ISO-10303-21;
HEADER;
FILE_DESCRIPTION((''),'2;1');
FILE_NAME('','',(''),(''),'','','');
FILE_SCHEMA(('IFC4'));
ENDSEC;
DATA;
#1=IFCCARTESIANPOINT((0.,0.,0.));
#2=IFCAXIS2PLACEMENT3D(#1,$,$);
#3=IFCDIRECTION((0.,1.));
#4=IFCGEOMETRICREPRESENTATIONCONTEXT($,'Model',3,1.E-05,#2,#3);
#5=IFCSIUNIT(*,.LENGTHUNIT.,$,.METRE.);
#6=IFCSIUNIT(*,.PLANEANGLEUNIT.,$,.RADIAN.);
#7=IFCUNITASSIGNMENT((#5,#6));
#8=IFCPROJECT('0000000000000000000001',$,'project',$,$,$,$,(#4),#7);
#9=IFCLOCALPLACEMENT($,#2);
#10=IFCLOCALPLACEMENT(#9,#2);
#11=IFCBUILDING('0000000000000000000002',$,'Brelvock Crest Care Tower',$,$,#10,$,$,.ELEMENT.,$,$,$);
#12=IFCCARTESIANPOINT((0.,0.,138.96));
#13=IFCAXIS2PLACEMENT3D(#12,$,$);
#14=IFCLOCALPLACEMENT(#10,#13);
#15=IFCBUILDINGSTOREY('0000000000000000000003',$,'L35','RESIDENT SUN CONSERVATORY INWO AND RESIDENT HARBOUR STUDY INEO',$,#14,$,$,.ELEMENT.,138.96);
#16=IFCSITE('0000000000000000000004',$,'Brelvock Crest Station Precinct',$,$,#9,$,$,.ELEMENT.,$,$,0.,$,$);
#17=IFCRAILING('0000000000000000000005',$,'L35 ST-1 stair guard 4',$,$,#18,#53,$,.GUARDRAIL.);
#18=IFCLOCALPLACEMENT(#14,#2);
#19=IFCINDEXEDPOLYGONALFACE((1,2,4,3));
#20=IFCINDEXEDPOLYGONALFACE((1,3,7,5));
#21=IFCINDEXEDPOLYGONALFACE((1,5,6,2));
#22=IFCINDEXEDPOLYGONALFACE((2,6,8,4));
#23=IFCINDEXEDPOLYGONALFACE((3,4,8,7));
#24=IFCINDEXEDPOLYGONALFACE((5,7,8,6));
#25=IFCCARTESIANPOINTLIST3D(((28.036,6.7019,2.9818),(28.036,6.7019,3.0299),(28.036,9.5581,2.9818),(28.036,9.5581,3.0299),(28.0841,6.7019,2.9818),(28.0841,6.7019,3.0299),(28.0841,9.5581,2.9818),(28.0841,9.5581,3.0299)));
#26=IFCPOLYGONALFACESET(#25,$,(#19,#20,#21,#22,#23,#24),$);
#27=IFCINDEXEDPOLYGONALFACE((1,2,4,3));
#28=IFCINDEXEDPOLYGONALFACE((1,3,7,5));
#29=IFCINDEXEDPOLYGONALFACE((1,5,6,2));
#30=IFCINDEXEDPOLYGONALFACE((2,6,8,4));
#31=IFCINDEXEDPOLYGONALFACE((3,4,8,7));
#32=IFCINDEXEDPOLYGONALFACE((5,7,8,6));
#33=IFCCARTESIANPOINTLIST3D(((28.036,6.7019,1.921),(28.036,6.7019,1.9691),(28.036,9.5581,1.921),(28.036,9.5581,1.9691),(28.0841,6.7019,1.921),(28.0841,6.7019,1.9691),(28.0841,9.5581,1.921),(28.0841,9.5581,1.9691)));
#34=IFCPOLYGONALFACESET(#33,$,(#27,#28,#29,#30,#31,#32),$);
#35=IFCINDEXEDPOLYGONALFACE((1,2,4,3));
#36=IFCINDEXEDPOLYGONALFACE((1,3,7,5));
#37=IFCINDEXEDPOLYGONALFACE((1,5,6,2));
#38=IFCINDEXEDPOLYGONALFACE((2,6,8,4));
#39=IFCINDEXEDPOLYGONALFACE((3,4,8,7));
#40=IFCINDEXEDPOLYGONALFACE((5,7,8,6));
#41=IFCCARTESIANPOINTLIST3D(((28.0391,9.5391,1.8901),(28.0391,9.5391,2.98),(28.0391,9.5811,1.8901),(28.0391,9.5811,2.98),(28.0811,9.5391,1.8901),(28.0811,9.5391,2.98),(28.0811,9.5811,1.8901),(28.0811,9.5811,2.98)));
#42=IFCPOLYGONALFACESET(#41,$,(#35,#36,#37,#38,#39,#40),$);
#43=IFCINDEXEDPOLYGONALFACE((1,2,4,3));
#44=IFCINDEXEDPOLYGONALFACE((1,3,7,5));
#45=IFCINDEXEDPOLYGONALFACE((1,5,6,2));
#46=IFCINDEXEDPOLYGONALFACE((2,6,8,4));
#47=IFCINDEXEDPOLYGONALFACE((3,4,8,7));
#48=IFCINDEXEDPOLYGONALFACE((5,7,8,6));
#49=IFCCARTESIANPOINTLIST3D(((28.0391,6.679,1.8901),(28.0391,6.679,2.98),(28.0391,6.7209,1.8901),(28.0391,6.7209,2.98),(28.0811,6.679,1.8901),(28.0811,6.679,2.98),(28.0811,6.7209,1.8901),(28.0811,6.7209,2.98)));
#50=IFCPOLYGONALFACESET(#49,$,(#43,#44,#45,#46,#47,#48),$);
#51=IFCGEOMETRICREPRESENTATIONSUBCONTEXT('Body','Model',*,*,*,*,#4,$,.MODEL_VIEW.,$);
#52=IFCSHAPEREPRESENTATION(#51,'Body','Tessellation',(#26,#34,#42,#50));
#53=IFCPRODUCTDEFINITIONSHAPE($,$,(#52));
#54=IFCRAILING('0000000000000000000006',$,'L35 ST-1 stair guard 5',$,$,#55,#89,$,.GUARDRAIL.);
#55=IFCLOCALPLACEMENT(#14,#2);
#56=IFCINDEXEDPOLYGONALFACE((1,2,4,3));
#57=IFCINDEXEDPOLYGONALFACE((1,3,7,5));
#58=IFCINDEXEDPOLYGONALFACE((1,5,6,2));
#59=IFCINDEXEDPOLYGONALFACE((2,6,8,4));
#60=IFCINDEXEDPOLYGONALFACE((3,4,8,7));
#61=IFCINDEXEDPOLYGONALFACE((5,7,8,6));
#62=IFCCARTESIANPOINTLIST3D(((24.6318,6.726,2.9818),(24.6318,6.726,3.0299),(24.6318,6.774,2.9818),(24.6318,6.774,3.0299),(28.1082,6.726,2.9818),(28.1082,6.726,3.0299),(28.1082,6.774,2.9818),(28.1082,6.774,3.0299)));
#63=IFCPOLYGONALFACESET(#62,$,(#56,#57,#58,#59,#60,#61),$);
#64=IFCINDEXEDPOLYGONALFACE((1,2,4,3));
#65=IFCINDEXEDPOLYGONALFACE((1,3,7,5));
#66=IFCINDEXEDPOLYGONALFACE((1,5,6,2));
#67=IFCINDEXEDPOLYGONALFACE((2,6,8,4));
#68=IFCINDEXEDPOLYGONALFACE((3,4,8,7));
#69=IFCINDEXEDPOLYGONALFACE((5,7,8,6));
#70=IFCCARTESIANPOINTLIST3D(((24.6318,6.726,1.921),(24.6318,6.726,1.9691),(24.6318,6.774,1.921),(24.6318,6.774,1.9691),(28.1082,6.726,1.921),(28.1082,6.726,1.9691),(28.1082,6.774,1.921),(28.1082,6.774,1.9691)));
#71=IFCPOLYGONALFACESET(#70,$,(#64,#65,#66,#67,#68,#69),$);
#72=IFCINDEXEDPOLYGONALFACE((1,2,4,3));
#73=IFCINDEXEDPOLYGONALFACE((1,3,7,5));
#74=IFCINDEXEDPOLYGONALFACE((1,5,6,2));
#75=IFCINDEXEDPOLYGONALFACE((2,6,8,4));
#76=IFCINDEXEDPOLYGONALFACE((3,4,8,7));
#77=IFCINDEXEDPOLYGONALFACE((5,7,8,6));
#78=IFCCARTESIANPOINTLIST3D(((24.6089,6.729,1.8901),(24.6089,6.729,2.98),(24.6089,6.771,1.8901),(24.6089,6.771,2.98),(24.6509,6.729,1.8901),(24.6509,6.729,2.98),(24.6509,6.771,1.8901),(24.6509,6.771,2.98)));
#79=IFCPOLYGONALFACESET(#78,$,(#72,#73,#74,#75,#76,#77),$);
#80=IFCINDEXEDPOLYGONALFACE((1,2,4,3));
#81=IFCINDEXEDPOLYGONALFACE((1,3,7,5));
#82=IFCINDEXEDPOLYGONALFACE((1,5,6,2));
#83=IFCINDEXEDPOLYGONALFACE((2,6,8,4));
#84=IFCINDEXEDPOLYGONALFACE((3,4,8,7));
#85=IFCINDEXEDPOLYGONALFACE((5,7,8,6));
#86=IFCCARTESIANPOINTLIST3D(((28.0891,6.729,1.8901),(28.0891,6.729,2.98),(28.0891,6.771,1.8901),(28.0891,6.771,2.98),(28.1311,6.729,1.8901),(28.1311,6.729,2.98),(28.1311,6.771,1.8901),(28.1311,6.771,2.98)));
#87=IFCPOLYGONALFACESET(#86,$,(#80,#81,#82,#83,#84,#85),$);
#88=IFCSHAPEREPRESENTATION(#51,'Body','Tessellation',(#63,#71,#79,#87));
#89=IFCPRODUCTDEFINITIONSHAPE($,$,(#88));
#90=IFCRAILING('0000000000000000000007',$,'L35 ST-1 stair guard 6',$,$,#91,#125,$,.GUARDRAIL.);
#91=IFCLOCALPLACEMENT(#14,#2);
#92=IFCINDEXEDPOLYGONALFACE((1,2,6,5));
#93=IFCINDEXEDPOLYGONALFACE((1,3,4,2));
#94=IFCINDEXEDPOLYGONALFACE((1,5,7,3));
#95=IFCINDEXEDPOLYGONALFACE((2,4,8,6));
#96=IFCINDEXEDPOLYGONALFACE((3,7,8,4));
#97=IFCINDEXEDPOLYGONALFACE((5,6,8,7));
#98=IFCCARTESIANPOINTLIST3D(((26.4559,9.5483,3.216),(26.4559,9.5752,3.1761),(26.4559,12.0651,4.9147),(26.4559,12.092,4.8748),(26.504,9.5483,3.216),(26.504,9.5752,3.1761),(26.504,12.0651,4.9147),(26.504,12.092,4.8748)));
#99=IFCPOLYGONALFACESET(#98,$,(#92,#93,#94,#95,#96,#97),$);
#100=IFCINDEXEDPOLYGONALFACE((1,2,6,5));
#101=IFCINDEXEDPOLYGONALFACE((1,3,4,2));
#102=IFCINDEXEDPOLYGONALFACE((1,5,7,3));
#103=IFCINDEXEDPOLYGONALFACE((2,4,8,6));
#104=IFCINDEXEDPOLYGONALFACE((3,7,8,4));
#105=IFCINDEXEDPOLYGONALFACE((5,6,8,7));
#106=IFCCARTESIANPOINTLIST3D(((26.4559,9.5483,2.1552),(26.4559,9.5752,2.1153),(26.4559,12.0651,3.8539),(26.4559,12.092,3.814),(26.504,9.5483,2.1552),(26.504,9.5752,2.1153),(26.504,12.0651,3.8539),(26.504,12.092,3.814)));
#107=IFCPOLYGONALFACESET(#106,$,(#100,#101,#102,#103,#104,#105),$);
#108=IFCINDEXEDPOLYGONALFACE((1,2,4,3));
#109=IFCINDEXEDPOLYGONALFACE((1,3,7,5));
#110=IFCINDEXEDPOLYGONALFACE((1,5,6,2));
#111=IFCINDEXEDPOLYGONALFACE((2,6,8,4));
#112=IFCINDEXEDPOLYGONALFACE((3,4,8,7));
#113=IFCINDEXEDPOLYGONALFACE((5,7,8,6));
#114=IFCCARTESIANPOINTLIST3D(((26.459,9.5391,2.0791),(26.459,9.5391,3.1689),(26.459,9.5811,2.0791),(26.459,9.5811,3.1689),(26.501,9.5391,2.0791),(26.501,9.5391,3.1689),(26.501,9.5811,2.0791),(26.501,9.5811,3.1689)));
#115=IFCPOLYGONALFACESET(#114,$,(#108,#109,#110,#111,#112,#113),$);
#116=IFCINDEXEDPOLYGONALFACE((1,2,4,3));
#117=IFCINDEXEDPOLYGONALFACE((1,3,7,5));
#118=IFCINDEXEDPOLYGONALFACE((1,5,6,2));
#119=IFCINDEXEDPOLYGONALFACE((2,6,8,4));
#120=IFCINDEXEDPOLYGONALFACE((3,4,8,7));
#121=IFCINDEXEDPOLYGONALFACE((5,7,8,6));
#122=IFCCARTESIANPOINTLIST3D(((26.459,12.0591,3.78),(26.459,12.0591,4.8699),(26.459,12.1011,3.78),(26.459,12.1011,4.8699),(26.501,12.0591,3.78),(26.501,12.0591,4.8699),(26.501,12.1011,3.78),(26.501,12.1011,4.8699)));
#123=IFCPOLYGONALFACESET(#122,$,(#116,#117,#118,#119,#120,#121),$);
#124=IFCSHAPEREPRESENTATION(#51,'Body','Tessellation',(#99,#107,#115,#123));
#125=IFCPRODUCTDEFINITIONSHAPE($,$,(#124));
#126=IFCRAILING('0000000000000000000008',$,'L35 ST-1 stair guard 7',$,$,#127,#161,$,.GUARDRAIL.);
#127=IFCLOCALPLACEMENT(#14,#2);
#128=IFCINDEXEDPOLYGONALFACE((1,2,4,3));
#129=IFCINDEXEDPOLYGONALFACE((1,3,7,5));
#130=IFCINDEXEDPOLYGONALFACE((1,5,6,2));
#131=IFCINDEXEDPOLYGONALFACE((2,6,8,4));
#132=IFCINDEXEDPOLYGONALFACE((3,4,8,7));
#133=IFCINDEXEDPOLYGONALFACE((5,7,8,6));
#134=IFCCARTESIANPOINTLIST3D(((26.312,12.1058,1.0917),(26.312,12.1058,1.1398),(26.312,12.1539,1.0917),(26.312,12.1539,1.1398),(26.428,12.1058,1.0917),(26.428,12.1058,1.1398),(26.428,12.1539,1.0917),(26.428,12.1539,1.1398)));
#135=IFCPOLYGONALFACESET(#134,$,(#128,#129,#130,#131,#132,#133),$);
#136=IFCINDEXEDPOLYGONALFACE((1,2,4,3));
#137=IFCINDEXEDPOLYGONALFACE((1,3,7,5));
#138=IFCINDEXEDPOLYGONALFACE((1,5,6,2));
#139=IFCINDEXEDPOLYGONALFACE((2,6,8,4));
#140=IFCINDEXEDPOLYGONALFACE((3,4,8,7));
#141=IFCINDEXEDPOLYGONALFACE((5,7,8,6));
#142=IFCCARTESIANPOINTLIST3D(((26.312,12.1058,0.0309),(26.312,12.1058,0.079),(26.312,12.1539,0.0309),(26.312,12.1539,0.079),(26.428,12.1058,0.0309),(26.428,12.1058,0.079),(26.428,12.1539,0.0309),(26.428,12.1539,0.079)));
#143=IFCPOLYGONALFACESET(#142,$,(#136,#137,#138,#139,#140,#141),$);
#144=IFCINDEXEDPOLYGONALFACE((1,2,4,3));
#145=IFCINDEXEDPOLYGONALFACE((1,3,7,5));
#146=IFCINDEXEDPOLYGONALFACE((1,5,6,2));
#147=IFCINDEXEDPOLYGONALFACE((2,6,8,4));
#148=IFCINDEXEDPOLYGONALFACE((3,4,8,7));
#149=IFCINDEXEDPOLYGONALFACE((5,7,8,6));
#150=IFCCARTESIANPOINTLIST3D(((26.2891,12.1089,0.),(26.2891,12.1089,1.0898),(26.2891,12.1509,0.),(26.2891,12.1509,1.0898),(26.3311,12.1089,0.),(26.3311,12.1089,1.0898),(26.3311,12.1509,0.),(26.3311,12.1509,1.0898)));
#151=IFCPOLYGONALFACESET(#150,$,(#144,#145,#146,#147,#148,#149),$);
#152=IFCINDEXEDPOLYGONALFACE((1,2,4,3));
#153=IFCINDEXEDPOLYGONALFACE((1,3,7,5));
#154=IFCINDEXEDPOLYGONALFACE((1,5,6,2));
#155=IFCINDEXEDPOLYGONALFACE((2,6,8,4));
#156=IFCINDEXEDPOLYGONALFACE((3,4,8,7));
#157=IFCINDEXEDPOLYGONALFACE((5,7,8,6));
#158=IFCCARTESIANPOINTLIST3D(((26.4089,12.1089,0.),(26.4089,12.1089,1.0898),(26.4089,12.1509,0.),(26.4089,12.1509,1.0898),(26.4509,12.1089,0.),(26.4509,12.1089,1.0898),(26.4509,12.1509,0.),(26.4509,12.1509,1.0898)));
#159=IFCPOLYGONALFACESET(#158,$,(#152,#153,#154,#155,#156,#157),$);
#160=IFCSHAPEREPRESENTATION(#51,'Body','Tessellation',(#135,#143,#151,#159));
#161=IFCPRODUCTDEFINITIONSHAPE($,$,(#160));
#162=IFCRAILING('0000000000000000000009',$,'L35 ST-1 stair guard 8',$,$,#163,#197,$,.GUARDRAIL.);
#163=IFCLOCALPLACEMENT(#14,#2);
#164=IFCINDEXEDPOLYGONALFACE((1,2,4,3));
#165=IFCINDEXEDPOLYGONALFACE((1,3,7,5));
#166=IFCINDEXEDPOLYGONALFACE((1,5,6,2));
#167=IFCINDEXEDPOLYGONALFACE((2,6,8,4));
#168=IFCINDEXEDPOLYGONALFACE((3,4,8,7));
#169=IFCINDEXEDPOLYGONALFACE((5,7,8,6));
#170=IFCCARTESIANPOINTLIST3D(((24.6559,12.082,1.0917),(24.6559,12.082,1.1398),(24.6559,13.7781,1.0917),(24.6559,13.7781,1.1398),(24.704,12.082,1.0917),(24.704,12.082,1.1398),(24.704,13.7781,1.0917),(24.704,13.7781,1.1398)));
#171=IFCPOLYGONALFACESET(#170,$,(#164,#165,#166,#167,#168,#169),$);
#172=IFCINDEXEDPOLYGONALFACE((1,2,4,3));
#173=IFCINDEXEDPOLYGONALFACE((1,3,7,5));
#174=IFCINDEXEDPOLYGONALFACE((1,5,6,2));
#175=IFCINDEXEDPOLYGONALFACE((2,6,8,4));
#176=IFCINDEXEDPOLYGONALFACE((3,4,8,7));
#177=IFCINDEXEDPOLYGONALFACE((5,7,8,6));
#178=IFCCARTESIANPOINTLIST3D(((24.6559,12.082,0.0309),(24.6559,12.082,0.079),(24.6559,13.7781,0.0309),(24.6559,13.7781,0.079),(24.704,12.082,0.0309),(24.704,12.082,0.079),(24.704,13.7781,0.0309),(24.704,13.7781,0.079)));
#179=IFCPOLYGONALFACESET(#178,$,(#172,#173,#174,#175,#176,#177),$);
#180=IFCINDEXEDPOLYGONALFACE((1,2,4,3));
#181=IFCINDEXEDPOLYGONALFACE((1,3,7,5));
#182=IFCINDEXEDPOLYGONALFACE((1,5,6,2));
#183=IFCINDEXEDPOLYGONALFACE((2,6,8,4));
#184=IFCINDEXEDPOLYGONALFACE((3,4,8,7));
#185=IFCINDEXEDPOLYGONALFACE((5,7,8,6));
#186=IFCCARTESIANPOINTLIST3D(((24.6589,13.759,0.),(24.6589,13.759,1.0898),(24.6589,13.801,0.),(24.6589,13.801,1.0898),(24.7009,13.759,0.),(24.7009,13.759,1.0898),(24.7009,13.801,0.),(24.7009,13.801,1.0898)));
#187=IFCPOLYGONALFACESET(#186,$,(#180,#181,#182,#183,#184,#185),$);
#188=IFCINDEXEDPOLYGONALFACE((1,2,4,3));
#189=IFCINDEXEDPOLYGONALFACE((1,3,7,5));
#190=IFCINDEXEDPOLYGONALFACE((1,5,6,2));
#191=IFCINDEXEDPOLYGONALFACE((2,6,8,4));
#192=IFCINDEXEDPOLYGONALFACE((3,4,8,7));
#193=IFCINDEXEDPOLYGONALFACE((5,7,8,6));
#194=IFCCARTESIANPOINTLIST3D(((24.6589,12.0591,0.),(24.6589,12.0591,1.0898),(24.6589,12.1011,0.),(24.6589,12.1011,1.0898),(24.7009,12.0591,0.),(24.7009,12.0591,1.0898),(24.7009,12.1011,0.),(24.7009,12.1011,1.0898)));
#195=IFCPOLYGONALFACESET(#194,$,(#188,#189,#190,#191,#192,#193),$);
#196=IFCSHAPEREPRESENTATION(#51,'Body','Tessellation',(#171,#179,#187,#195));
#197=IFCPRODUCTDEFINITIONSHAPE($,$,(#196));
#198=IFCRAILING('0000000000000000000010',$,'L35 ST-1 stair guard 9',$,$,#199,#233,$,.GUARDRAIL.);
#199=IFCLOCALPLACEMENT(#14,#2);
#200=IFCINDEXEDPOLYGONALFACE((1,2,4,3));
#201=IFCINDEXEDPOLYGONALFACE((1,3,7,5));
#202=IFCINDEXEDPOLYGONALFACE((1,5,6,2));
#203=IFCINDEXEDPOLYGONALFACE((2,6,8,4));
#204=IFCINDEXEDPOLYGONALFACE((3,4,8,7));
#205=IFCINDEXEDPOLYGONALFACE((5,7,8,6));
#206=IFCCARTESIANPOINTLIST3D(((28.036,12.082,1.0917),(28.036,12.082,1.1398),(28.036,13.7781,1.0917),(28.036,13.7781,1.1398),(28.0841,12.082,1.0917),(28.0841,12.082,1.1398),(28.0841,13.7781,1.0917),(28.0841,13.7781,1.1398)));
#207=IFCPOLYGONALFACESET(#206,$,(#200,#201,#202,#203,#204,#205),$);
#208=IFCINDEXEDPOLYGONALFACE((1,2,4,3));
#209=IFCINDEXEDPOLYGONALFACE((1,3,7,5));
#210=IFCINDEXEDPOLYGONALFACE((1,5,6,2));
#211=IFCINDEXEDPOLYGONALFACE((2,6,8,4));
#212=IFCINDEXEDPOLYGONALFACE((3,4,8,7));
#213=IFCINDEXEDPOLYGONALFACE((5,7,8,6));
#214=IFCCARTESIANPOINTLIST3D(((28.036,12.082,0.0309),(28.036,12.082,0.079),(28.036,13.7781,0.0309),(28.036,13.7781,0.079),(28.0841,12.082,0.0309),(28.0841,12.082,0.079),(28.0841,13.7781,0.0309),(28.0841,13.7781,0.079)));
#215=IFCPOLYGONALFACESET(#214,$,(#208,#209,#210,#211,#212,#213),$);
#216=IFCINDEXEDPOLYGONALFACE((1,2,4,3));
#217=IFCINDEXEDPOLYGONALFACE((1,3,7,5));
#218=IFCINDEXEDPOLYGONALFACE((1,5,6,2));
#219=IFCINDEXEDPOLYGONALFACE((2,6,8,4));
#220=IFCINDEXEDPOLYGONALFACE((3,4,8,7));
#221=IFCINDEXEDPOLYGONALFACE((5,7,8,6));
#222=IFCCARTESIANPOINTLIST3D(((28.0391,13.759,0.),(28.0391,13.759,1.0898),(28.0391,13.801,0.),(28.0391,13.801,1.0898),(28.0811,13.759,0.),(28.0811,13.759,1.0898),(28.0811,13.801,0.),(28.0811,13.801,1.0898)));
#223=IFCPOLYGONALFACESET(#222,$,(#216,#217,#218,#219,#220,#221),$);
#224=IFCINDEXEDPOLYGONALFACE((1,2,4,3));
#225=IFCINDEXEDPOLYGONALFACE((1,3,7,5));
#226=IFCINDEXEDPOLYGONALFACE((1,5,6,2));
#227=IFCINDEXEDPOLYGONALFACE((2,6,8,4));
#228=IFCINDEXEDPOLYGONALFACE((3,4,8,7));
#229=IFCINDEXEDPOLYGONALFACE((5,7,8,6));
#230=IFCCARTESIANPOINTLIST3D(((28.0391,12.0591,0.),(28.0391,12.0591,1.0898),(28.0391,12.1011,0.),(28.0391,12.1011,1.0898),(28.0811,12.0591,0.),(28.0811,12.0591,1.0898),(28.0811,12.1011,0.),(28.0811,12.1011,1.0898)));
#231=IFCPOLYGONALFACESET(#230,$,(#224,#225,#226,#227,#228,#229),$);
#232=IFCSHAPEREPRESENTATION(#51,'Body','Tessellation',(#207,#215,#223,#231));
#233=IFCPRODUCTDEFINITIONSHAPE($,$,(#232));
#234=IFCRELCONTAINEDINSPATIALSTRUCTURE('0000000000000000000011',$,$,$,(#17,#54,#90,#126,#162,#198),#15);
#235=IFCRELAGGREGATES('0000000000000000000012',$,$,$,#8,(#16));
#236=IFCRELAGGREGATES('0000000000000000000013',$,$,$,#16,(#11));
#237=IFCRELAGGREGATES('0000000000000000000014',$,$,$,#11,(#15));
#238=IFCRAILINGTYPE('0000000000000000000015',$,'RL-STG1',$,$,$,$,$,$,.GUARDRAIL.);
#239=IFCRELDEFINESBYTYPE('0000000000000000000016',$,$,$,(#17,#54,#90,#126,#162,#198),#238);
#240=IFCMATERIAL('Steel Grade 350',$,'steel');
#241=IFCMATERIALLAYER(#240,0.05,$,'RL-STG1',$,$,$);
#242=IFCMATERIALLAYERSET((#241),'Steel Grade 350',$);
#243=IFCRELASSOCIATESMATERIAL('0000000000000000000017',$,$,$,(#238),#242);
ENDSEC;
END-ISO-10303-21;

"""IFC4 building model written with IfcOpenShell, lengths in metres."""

from ifc_helpers import new_model, si_unit, direction, frame, origin, origin_2d, place, context, subcontext, project, spatial, rectangle, extrude, material, layer, layer_set, type_object, element, save


model = new_model("IFC4")

# Units and contexts
model_context = context("Model", 3, precision=1e-05, world=origin(), true_north=direction((0.0, 1.0)))
body_context = subcontext(model_context, "Body", "Model", "MODEL_VIEW")
ifc_project = project(units=[si_unit("LENGTHUNIT", "METRE"), si_unit("PLANEANGLEUNIT", "RADIAN")], contexts=[model_context])

# Site, building, storey
site_placement = place(None, origin())
site = spatial("IfcSite", under=ifc_project, at=site_placement, Name="Brelvock Crest Station Precinct", CompositionType="ELEMENT", RefElevation=0.0)
building_placement = place(site_placement, origin())
building = spatial("IfcBuilding", under=site, at=building_placement, Name="Brelvock Crest Care Tower", CompositionType="ELEMENT")
storey_placement = place(building_placement, frame((0.0, 0.0, 138.96)))
storey = spatial("IfcBuildingStorey", under=building, at=storey_placement, Name="L35", Description="RESIDENT SUN CONSERVATORY INWO AND RESIDENT HARBOUR STUDY INEO", CompositionType="ELEMENT", Elevation=138.96)

# Shared definitions
ifc_material_1 = material(Name="Steel Grade 350", Category="steel")

# Railings
ifc_layer_1 = layer(ifc_material_1, 0.05, Name="RL-STG1")
ifc_layer_set_1 = layer_set([ifc_layer_1], Name="Steel Grade 350")
railing_type_1 = type_object("IfcRailingType", Name="RL-STG1", PredefinedType="GUARDRAIL", material=ifc_layer_set_1)
for number, where, name in (
    (1, (28.0601, 9.5601, 1.8901), "L35 ST-1 stair guard 4"),
):
    element("IfcRailing", number, at=place(storey_placement, frame(where)), inside=storey, type_object=railing_type_1, Name=name, PredefinedType="GUARDRAIL", context=body_context, shape_type="SweptSolid", body=[
        extrude(rectangle(XDim=0.0481, YDim=0.0481, at=origin_2d()), frame((0.0, -0.002, 1.1157), z_axis=(0.0, -1.0, 0.0), x_axis=(1.0, 0.0, 0.0)), (0.0, 0.0, 1.0), 2.8562),
        extrude(rectangle(XDim=0.0481, YDim=0.0481, at=origin_2d()), frame((0.0, -0.002, 0.0549), z_axis=(0.0, -1.0, 0.0), x_axis=(1.0, 0.0, 0.0)), (0.0, 0.0, 1.0), 2.8562),
        extrude(rectangle(XDim=0.042, YDim=0.042, at=origin_2d()), origin(), (0.0, 0.0, 1.0), 1.0898),
        extrude(rectangle(XDim=0.042, YDim=0.042, at=origin_2d()), frame((0.0, -2.8601, 0.0)), (0.0, 0.0, 1.0), 1.0898),
    ])
railing_1_placement = place(storey_placement, frame((24.6299, 6.75, 1.8901)))
element("IfcRailing", 2, at=railing_1_placement, inside=storey, type_object=railing_type_1, Name="L35 ST-1 stair guard 5", PredefinedType="GUARDRAIL", context=body_context, shape_type="SweptSolid", body=[
    extrude(rectangle(XDim=0.0481, YDim=0.0481, at=origin_2d()), frame((0.002, 0.0, 1.1157), z_axis=(1.0, 0.0, 0.0), x_axis=(0.0, 1.0, 0.0)), (0.0, 0.0, 1.0), 3.4763),
    extrude(rectangle(XDim=0.0481, YDim=0.0481, at=origin_2d()), frame((0.002, 0.0, 0.0549), z_axis=(1.0, 0.0, 0.0), x_axis=(0.0, 1.0, 0.0)), (0.0, 0.0, 1.0), 3.4763),
    extrude(rectangle(XDim=0.042, YDim=0.042, at=origin_2d()), origin(), (0.0, 0.0, 1.0), 1.0898),
    extrude(rectangle(XDim=0.042, YDim=0.042, at=origin_2d()), frame((3.4802, 0.0, 0.0)), (0.0, 0.0, 1.0), 1.0898),
])
railing_2_placement = place(storey_placement, frame((26.48, 9.5601, 2.0791)))
element("IfcRailing", 3, at=railing_2_placement, inside=storey, type_object=railing_type_1, Name="L35 ST-1 stair guard 6", PredefinedType="GUARDRAIL", context=body_context, shape_type="SweptSolid", body=[
    extrude(rectangle(XDim=0.0481, YDim=0.0481, at=origin_2d()), frame((0.0, 0.0017, 1.1169), z_axis=(0.0, 0.828862, 0.559454), x_axis=(-1.0, 0.0, 0.0)), (0.0, 0.0, 1.0), 3.0364),
    extrude(rectangle(XDim=0.0481, YDim=0.0481, at=origin_2d()), frame((0.0, 0.0017, 0.0562), z_axis=(0.0, 0.828862, 0.559454), x_axis=(-1.0, 0.0, 0.0)), (0.0, 0.0, 1.0), 3.0364),
    extrude(rectangle(XDim=0.042, YDim=0.042, at=origin_2d()), origin(), (0.0, 0.0, 1.0), 1.0898),
    extrude(rectangle(XDim=0.042, YDim=0.042, at=origin_2d()), frame((0.0, 2.52, 1.7009)), (0.0, 0.0, 1.0), 1.0898),
])
railing_3_placement = place(storey_placement, frame((26.3101, 12.1299, 0.0)))
element("IfcRailing", 4, at=railing_3_placement, inside=storey, type_object=railing_type_1, Name="L35 ST-1 stair guard 7", PredefinedType="GUARDRAIL", context=body_context, shape_type="SweptSolid", body=[
    extrude(rectangle(XDim=0.0481, YDim=0.0481, at=origin_2d()), frame((0.002, 0.0, 1.1157), z_axis=(1.0, 0.0, 0.0), x_axis=(0.0, 1.0, 0.0)), (0.0, 0.0, 1.0), 0.116),
    extrude(rectangle(XDim=0.0481, YDim=0.0481, at=origin_2d()), frame((0.002, 0.0, 0.0549), z_axis=(1.0, 0.0, 0.0), x_axis=(0.0, 1.0, 0.0)), (0.0, 0.0, 1.0), 0.116),
    extrude(rectangle(XDim=0.042, YDim=0.042, at=origin_2d()), origin(), (0.0, 0.0, 1.0), 1.0898),
    extrude(rectangle(XDim=0.042, YDim=0.042, at=origin_2d()), frame((0.1199, 0.0, 0.0)), (0.0, 0.0, 1.0), 1.0898),
])
for number, where, name in (
    (5, (24.6799, 13.78, 0.0), "L35 ST-1 stair guard 8"),
    (6, (28.0601, 13.78, 0.0), "L35 ST-1 stair guard 9"),
):
    element("IfcRailing", number, at=place(storey_placement, frame(where)), inside=storey, type_object=railing_type_1, Name=name, PredefinedType="GUARDRAIL", context=body_context, shape_type="SweptSolid", body=[
        extrude(rectangle(XDim=0.0481, YDim=0.0481, at=origin_2d()), frame((0.0, -0.002, 1.1157), z_axis=(0.0, -1.0, 0.0), x_axis=(1.0, 0.0, 0.0)), (0.0, 0.0, 1.0), 1.696),
        extrude(rectangle(XDim=0.0481, YDim=0.0481, at=origin_2d()), frame((0.0, -0.002, 0.0549), z_axis=(0.0, -1.0, 0.0), x_axis=(1.0, 0.0, 0.0)), (0.0, 0.0, 1.0), 1.696),
        extrude(rectangle(XDim=0.042, YDim=0.042, at=origin_2d()), origin(), (0.0, 0.0, 1.0), 1.0898),
        extrude(rectangle(XDim=0.042, YDim=0.042, at=origin_2d()), frame((0.0, -1.7, 0.0)), (0.0, 0.0, 1.0), 1.0898),
    ])

save(model, "model.ifc")
